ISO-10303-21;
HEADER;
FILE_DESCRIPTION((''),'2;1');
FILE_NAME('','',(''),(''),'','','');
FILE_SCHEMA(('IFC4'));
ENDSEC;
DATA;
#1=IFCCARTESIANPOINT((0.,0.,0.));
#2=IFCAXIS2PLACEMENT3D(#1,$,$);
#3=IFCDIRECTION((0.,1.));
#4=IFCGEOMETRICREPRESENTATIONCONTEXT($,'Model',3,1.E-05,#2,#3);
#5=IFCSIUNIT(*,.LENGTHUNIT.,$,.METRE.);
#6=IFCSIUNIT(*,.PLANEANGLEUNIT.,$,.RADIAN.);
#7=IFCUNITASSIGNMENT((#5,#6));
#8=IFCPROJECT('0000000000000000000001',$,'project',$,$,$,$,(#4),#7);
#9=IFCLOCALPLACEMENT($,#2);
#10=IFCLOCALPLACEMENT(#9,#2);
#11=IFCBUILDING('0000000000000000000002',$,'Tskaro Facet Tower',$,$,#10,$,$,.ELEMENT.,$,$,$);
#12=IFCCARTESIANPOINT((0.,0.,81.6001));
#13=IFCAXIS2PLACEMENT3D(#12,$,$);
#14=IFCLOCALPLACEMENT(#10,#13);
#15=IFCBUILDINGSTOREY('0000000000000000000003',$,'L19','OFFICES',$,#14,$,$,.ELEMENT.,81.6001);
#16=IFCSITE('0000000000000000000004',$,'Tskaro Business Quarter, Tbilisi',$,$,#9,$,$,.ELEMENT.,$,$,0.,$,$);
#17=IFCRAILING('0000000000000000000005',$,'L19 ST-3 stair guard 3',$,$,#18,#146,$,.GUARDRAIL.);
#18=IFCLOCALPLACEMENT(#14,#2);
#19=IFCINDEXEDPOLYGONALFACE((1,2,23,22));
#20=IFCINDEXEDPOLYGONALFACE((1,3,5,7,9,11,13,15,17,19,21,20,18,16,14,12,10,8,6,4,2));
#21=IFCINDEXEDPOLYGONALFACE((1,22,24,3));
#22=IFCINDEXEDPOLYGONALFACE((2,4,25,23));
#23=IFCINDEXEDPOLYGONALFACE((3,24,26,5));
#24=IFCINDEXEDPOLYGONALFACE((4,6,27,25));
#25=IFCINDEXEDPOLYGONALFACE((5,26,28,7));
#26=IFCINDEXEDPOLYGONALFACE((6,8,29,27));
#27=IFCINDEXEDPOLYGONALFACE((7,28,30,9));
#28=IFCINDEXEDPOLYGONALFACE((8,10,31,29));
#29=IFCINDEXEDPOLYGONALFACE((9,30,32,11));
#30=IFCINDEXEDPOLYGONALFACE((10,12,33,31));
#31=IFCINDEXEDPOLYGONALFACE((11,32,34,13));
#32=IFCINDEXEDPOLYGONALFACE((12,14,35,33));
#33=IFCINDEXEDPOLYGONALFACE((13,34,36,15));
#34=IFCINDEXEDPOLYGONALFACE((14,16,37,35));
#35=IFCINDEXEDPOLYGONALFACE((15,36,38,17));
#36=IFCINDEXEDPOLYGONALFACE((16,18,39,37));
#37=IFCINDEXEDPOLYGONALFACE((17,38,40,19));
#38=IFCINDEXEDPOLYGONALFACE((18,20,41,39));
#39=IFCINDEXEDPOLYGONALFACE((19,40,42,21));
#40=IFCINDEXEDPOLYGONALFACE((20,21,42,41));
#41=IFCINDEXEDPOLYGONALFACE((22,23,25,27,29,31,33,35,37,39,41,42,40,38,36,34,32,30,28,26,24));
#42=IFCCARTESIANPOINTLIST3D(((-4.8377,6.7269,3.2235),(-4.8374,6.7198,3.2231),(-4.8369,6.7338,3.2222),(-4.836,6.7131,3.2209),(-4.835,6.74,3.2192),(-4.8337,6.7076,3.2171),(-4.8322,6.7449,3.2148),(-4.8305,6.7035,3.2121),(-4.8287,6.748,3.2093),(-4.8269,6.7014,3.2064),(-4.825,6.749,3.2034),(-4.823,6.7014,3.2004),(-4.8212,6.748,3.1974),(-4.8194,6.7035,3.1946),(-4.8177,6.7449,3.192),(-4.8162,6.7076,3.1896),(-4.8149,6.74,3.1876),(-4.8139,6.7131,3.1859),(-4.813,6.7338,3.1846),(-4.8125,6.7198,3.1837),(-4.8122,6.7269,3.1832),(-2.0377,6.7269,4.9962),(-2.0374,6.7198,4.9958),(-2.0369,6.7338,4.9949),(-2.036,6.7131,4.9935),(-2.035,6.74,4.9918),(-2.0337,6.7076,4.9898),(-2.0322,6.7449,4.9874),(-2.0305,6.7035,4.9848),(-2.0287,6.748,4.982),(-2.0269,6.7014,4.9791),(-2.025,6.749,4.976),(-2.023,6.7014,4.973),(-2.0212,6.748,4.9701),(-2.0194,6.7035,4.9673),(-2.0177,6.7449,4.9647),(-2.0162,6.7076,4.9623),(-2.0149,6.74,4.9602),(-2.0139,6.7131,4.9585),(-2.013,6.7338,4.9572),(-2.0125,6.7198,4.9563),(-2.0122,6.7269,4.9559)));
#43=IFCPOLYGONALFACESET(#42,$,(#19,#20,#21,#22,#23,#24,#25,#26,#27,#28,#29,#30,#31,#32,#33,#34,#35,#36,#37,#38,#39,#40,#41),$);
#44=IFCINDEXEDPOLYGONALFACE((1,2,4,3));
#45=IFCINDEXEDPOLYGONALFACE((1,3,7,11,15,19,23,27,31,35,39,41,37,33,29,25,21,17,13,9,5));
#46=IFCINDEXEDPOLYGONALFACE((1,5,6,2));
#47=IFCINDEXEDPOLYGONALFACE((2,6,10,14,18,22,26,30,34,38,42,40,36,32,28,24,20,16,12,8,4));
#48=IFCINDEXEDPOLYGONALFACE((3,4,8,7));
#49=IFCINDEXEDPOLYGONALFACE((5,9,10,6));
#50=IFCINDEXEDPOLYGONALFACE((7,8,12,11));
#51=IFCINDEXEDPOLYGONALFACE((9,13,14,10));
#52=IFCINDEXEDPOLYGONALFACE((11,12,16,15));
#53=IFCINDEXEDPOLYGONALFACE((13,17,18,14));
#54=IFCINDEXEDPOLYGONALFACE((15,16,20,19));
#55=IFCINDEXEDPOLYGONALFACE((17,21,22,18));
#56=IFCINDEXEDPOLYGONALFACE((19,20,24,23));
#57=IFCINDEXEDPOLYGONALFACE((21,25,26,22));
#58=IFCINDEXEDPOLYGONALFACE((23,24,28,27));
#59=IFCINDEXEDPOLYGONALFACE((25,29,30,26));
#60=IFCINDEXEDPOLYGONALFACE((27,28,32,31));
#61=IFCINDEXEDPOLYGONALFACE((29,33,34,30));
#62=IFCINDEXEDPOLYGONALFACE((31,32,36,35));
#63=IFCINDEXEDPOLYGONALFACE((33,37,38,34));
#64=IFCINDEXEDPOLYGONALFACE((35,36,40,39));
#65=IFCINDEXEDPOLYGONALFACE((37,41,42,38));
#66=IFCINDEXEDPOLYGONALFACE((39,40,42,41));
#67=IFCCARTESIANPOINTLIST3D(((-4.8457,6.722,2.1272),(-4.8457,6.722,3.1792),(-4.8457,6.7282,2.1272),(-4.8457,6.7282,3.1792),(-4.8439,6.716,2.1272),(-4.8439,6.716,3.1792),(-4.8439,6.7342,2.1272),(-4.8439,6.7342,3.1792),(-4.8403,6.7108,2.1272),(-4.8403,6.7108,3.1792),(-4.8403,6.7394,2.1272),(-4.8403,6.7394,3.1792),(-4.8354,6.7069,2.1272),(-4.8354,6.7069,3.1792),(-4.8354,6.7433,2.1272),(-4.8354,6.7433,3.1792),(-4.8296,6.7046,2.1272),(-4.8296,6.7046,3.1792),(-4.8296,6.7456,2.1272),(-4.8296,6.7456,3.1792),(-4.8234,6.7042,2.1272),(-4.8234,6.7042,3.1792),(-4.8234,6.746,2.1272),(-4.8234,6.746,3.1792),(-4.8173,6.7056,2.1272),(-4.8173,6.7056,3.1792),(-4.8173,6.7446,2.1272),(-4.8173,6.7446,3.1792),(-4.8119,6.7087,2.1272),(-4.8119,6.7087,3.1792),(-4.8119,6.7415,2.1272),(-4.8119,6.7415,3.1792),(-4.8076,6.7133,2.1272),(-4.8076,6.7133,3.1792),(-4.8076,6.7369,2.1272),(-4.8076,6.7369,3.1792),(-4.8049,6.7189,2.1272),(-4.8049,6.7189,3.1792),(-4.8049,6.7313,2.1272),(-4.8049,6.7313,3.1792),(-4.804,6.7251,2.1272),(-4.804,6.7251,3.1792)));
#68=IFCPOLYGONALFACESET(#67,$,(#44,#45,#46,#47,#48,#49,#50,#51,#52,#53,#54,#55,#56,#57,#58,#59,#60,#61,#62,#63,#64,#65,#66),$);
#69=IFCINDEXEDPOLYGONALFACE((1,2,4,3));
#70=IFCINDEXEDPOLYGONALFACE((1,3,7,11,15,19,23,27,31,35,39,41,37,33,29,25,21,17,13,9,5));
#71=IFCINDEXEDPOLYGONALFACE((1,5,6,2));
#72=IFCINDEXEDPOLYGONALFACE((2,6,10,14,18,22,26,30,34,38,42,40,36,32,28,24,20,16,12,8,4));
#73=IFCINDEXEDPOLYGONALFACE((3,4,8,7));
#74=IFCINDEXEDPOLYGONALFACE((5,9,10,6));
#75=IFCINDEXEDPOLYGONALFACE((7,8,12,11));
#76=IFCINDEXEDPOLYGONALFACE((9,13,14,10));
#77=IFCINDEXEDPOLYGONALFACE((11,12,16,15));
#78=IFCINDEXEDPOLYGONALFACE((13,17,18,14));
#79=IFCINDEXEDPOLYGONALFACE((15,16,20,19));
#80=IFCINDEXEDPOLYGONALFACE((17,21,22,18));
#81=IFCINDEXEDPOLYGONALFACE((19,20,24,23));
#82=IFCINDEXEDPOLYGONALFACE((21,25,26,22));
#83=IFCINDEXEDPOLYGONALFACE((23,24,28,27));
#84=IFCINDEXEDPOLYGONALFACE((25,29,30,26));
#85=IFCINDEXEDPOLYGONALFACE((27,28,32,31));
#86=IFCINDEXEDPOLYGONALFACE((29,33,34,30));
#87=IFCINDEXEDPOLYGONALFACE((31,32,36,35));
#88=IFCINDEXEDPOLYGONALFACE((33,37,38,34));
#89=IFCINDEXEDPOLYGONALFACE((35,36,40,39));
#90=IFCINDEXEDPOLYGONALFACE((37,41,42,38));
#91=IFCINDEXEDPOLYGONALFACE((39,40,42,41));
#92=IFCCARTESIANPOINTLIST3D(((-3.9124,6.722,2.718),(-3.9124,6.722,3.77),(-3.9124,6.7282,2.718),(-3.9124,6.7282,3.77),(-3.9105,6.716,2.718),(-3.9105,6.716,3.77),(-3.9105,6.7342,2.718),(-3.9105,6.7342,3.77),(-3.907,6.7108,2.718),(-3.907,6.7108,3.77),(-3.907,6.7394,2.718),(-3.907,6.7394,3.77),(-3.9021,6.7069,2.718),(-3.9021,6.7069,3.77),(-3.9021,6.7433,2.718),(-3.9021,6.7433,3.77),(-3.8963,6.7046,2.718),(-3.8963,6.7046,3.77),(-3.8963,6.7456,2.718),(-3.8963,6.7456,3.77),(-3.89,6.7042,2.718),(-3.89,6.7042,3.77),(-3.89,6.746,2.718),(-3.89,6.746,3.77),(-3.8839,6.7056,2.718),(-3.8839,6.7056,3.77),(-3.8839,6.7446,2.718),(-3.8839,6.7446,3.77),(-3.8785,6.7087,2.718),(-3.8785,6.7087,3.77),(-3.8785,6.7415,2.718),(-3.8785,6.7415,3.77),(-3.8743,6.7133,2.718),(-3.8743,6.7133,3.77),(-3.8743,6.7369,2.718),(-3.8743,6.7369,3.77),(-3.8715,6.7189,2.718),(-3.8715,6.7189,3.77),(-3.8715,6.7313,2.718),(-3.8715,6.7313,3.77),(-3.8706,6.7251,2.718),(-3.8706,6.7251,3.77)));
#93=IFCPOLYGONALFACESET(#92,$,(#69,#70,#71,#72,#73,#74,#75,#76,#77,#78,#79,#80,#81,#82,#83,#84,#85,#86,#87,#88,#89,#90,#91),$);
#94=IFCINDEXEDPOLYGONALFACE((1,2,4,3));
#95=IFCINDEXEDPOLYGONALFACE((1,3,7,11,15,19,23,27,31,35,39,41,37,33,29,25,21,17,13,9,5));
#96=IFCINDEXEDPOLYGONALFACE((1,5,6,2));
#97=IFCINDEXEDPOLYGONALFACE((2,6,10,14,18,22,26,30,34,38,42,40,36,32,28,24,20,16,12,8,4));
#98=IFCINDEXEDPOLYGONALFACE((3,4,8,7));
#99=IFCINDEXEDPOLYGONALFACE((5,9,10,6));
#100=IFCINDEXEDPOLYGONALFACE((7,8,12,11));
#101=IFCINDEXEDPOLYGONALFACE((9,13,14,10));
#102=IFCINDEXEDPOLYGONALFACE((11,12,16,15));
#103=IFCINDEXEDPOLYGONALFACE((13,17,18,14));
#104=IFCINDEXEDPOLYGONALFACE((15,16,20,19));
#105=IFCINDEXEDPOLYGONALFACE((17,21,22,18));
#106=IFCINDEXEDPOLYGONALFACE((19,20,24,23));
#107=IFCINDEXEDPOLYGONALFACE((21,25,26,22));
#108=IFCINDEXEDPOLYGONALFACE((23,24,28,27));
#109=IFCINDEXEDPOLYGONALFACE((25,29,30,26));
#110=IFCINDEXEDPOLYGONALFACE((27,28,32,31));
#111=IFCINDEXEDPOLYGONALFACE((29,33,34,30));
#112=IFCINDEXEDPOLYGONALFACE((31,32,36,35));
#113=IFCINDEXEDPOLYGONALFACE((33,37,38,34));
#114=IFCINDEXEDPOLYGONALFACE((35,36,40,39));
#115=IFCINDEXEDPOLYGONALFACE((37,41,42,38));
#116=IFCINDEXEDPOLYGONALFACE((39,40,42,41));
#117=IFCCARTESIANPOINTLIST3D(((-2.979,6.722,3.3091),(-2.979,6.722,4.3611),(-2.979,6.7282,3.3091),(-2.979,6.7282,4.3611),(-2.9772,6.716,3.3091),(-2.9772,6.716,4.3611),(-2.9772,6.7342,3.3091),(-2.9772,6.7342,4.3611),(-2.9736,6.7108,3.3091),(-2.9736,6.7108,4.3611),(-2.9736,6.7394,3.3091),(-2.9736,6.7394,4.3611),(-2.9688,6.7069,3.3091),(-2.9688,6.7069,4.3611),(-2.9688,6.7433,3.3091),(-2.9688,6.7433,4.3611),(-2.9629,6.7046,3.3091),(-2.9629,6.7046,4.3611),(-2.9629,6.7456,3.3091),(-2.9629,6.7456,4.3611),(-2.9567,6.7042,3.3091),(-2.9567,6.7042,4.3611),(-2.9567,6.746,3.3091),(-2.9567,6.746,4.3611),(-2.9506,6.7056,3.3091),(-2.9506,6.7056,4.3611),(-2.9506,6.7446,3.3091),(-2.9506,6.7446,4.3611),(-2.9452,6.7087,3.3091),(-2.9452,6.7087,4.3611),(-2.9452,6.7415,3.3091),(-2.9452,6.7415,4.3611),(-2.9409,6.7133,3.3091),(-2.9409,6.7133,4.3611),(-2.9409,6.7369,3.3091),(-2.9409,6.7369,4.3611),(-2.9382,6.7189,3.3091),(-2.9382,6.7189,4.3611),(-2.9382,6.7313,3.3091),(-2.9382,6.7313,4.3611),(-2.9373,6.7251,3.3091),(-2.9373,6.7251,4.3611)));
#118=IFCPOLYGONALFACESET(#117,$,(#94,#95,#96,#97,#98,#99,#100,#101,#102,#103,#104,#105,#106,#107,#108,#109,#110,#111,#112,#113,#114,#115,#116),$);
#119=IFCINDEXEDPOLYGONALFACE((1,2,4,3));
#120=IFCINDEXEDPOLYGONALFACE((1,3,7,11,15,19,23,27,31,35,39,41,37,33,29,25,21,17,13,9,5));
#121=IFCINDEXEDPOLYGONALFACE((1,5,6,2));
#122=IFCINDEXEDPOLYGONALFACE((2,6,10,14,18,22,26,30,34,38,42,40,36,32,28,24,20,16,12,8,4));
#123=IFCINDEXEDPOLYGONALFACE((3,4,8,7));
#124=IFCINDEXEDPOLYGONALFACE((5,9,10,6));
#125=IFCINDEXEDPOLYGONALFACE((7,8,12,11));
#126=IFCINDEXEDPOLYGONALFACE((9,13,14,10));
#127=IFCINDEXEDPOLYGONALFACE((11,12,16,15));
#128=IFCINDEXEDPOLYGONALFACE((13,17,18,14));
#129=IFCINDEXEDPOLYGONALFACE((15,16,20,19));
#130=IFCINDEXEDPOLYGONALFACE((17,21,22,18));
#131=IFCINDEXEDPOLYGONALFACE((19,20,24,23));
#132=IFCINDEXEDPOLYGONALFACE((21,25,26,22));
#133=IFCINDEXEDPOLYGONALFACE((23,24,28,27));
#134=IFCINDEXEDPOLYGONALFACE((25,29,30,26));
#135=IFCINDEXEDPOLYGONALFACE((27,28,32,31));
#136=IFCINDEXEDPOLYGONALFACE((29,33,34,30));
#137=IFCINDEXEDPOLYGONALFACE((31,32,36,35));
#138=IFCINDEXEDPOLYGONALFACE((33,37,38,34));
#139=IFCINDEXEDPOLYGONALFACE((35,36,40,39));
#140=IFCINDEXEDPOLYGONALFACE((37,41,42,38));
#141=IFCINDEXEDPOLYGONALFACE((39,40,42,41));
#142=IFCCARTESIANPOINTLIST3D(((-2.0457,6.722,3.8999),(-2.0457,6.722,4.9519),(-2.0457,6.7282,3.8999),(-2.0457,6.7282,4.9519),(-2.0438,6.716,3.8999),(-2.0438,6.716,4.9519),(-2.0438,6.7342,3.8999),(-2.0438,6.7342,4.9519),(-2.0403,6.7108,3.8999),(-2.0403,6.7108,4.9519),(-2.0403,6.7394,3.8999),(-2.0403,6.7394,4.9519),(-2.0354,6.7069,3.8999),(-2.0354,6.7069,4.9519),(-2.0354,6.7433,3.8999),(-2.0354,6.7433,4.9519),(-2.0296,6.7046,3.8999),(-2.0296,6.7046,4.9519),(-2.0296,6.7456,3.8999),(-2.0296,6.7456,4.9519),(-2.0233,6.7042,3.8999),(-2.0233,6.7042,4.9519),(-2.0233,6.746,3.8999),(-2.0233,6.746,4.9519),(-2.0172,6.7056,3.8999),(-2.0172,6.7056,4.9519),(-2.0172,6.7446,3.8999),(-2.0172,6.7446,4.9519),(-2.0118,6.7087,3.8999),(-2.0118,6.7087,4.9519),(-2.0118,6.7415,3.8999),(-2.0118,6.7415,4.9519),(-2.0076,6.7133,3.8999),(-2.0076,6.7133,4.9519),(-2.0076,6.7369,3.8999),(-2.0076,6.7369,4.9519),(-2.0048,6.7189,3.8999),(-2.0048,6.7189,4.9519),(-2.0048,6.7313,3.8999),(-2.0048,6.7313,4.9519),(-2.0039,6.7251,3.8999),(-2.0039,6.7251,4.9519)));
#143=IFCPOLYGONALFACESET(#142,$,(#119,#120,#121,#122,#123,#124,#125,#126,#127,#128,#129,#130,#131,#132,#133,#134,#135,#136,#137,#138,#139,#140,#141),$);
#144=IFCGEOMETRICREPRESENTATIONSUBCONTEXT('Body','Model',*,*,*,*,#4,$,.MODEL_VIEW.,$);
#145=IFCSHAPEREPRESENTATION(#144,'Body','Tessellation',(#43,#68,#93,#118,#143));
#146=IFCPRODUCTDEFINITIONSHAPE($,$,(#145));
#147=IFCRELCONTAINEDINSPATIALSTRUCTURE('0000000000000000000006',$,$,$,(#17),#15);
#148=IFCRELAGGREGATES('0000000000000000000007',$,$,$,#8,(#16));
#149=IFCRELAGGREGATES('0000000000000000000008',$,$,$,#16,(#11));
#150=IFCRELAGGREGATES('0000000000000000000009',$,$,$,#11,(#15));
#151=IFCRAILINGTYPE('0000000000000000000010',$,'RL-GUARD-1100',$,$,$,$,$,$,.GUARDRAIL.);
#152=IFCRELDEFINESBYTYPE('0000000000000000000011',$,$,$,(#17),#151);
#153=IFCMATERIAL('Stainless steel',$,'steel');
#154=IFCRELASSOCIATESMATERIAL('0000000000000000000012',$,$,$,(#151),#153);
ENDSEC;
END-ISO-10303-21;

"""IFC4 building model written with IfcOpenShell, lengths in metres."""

from ifc_helpers import new_model, si_unit, direction, frame, origin, origin_2d, place, context, subcontext, project, spatial, circle, extrude, material, type_object, element, save


model = new_model("IFC4")

# Units and contexts
model_context = context("Model", 3, precision=1e-05, world=origin(), true_north=direction((0.0, 1.0)))
body_context = subcontext(model_context, "Body", "Model", "MODEL_VIEW")
ifc_project = project(units=[si_unit("LENGTHUNIT", "METRE"), si_unit("PLANEANGLEUNIT", "RADIAN")], contexts=[model_context])

# Site, building, storey
site_placement = place(None, origin())
site = spatial("IfcSite", under=ifc_project, at=site_placement, Name="Tskaro Business Quarter, Tbilisi", CompositionType="ELEMENT", RefElevation=0.0)
building_placement = place(site_placement, origin())
building = spatial("IfcBuilding", under=site, at=building_placement, Name="Tskaro Facet Tower", CompositionType="ELEMENT")
storey_placement = place(building_placement, frame((0.0, 0.0, 81.6001)))
storey = spatial("IfcBuildingStorey", under=building, at=storey_placement, Name="L19", Description="OFFICES", CompositionType="ELEMENT", Elevation=81.6001)

# Railing
ifc_material_1 = material(Name="Stainless steel", Category="steel")
railing_type_1 = type_object("IfcRailingType", Name="RL-GUARD-1100", PredefinedType="GUARDRAIL", material=ifc_material_1)
railing_1_placement = place(storey_placement, frame((-4.825, 6.7251, 2.1272)))
element("IfcRailing", 1, at=railing_1_placement, inside=storey, type_object=railing_type_1, Name="L19 ST-3 stair guard 3", PredefinedType="GUARDRAIL", context=body_context, shape_type="SweptSolid", body=[
    extrude(circle(Radius=0.0239, at=origin_2d()), frame((0.0, 0.0, 1.0762), z_axis=(0.844909, 0.0, 0.53491), x_axis=(0.0, 1.0, 0.0)), (0.0, 0.0, 1.0), 3.314),
    extrude(circle(Radius=0.021, at=origin_2d()), origin(), (0.0, 0.0, 1.0), 1.052),
    extrude(circle(Radius=0.021, at=origin_2d()), frame((0.9333, 0.0, 0.5908)), (0.0, 0.0, 1.0), 1.052),
    extrude(circle(Radius=0.021, at=origin_2d()), frame((1.8667, 0.0, 1.1819)), (0.0, 0.0, 1.0), 1.052),
    extrude(circle(Radius=0.021, at=origin_2d()), frame((2.8, 0.0, 1.7727)), (0.0, 0.0, 1.0), 1.052),
])

save(model, "model.ifc")
